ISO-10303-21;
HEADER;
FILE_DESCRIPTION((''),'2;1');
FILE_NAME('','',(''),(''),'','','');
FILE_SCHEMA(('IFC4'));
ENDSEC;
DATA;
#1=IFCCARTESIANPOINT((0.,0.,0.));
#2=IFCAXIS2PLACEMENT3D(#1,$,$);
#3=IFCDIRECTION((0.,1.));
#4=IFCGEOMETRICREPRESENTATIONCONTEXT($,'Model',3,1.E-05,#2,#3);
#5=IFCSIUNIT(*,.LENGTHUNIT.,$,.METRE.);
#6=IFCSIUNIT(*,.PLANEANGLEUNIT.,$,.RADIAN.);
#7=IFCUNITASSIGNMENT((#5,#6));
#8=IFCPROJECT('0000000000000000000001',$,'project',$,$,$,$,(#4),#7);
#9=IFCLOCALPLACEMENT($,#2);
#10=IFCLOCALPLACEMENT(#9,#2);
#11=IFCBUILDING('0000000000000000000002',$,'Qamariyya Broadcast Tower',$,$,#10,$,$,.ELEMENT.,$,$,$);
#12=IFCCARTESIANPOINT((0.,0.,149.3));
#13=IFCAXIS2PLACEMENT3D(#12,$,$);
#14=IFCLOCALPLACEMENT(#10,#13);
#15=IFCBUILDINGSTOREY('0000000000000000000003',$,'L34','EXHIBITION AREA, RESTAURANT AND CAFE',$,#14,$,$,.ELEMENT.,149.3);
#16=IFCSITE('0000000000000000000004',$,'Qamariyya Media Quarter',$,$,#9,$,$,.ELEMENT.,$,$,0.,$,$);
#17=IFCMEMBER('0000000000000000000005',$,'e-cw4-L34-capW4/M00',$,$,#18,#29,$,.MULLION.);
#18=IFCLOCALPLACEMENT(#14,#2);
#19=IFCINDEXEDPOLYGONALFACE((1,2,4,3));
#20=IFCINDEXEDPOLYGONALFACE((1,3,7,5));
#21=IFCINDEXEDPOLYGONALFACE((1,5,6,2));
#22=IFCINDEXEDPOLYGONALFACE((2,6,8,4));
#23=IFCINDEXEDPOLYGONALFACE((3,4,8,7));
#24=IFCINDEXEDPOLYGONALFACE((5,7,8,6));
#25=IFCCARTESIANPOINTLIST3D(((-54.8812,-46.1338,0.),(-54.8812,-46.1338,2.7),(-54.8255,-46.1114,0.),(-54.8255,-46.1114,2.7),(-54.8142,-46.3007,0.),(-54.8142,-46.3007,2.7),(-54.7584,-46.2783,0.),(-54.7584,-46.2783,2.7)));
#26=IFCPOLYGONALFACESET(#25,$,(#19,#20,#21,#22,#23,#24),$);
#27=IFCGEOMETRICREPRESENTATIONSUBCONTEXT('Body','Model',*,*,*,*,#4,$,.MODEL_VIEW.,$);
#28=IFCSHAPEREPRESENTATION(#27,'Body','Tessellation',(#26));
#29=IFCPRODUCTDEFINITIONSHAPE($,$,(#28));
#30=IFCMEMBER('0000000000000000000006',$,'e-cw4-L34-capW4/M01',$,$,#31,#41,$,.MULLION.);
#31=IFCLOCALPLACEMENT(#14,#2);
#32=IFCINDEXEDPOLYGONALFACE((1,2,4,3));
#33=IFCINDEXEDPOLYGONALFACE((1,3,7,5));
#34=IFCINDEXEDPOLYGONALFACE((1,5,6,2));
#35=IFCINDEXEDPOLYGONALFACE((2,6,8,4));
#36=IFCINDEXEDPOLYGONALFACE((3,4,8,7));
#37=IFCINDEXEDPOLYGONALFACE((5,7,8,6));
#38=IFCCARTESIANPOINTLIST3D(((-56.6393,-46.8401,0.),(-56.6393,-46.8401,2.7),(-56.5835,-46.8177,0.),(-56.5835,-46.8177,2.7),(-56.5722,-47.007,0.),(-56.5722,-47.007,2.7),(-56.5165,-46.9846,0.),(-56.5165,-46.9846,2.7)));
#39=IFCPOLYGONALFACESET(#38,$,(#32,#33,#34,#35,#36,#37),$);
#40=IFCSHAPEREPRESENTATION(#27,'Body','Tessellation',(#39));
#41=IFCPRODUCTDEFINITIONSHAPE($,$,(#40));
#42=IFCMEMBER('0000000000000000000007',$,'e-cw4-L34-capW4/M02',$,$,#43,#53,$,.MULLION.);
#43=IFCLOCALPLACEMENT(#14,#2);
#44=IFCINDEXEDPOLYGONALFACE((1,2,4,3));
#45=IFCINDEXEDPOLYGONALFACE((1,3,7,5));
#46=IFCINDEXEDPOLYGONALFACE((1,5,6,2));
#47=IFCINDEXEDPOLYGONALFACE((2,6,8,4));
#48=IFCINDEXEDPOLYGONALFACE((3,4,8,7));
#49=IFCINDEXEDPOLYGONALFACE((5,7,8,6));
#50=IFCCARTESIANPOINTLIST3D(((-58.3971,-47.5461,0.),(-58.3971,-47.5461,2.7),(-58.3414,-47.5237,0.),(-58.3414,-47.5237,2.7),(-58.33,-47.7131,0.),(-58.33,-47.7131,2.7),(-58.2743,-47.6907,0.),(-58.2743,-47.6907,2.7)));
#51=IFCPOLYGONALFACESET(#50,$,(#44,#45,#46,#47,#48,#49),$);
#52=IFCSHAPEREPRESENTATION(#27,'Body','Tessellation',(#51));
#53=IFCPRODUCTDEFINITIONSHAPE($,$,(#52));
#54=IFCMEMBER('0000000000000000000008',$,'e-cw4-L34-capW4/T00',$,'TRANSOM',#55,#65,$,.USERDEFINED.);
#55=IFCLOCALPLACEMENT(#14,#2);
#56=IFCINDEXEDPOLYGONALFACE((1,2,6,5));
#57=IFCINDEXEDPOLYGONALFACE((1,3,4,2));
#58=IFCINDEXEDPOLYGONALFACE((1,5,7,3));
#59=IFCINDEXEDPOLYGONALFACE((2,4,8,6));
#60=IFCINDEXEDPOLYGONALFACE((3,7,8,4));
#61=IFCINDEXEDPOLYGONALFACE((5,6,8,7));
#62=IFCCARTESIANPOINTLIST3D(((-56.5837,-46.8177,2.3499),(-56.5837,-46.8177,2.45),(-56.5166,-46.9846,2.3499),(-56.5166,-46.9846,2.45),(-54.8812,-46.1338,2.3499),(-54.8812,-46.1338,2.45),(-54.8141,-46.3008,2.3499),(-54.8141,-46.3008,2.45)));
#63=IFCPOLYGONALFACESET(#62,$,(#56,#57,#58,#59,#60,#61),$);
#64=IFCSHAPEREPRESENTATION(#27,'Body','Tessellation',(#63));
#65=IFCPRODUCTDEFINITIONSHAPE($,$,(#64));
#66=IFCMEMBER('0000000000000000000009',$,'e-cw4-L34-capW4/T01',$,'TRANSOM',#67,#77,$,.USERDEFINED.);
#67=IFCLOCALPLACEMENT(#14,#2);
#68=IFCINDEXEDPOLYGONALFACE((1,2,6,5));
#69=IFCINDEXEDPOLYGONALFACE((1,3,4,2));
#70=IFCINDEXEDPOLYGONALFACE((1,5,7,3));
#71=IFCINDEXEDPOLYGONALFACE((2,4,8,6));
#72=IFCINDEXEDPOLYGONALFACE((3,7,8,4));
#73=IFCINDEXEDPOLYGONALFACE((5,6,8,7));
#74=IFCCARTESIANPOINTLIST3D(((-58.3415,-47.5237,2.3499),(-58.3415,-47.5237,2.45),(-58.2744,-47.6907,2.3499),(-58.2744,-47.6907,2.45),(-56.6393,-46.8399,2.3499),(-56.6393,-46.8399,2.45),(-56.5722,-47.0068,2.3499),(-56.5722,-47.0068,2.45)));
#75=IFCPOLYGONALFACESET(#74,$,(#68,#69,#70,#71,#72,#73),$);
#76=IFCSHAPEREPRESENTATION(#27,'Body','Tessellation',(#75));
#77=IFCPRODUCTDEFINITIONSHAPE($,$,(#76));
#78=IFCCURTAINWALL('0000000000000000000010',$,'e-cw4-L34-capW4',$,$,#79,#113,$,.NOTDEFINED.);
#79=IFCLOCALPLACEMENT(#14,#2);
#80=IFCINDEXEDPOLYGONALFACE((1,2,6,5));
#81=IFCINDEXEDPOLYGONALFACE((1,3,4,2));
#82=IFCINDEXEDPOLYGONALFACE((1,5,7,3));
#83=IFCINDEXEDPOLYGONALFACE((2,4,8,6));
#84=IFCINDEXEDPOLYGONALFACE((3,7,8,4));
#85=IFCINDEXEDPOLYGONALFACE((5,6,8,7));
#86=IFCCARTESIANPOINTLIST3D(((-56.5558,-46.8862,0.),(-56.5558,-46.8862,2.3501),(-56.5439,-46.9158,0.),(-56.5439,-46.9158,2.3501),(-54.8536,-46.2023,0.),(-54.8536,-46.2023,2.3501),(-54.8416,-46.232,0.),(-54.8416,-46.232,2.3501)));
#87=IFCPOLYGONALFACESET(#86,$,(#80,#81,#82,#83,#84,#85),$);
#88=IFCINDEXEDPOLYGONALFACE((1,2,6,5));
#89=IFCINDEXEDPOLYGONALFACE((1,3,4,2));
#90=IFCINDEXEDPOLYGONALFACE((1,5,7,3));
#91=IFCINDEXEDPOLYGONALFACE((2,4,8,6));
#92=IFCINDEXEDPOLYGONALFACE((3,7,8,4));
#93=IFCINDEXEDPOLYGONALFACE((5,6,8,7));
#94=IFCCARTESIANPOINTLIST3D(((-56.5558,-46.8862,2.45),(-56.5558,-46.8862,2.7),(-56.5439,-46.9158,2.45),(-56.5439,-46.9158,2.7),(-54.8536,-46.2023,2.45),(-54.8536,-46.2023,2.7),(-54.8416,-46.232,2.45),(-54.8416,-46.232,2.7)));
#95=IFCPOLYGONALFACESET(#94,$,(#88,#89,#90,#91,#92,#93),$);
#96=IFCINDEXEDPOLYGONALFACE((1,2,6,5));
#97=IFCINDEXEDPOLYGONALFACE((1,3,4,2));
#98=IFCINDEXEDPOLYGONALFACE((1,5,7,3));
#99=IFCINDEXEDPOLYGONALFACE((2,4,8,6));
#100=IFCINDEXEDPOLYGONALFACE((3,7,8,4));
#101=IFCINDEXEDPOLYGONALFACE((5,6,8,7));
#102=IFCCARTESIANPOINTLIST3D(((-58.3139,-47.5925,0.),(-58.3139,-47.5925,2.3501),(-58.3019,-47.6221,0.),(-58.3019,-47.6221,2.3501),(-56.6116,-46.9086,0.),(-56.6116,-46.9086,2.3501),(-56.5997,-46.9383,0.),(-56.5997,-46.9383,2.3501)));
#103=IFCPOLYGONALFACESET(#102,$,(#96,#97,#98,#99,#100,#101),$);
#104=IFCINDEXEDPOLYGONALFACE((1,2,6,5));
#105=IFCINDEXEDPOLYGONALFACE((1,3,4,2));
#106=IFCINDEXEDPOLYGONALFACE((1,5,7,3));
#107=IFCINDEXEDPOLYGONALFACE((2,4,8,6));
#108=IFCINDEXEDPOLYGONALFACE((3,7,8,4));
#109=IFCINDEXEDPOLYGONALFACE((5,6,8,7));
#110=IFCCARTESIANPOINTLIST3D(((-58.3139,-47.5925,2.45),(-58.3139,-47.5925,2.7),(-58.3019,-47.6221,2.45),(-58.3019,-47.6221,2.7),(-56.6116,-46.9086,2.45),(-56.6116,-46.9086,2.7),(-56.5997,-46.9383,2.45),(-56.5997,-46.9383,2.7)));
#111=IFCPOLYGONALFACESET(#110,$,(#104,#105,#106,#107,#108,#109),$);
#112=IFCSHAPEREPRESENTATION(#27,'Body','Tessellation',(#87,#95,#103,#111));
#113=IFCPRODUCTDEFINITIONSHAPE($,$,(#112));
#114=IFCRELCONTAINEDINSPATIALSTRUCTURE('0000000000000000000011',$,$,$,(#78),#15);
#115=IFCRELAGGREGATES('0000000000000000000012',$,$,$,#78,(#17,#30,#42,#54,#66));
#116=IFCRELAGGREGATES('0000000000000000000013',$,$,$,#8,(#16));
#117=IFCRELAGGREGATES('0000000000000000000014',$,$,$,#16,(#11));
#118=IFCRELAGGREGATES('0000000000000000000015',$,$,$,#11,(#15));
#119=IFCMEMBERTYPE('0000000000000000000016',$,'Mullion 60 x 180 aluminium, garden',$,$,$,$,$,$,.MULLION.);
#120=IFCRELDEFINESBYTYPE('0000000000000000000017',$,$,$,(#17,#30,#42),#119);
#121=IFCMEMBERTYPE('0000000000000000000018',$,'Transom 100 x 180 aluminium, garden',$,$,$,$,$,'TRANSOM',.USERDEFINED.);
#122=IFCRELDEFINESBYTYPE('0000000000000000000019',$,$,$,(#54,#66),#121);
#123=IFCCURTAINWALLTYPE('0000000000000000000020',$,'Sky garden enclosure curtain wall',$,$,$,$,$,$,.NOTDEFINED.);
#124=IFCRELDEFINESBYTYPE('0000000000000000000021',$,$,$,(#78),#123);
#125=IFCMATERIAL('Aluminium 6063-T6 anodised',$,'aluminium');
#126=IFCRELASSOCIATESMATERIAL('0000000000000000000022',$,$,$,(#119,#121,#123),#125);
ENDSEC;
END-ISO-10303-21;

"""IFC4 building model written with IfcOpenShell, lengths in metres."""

from ifc_helpers import new_model, si_unit, direction, frame, origin, origin_2d, place, context, subcontext, project, spatial, rectangle, extrude, material, material_profile, profile_set, type_object, element, aggregate, save


model = new_model("IFC4")

# Units and contexts
model_context = context("Model", 3, precision=1e-05, world=origin(), true_north=direction((0.0, 1.0)))
body_context = subcontext(model_context, "Body", "Model", "MODEL_VIEW")
ifc_project = project(units=[si_unit("LENGTHUNIT", "METRE"), si_unit("PLANEANGLEUNIT", "RADIAN")], contexts=[model_context])

# Members
ifc_material_1 = material(Name="Aluminium 6063-T6 anodised", Category="aluminium")
ifc_material_profile_1 = material_profile(ifc_material_1, rectangle(XDim=0.1799, YDim=0.0601, at=origin_2d()))
ifc_profile_set_1 = profile_set([ifc_material_profile_1], Name="Aluminium 6063-T6 anodised")
member_type_1 = type_object("IfcMemberType", Name="Mullion 60 x 180 aluminium, garden", PredefinedType="MULLION", material=ifc_profile_set_1)
site_placement = place(None, origin())
building_placement = place(site_placement, origin())
storey_placement = place(building_placement, frame((0.0, 0.0, 149.3)))
member_1_placement = place(storey_placement, frame((-54.8198, -46.2061, 0.0), z_axis=(0.0, 0.0, 1.0), x_axis=(0.372738, -0.927936, 0.0)))
member_1 = element("IfcMember", 1, at=member_1_placement, type_object=member_type_1, Name="e-cw4-L34-capW4/M00", PredefinedType="MULLION", context=body_context, shape_type="SweptSolid", body=[
    extrude(rectangle(XDim=0.1799, YDim=0.0601, at=origin_2d()), origin(), (0.0, 0.0, 1.0), 2.7),
])
member_2_placement = place(storey_placement, frame((-56.5779, -46.9124, 0.0), z_axis=(0.0, 0.0, 1.0), x_axis=(0.372738, -0.927936, 0.0)))
member_2 = element("IfcMember", 2, at=member_2_placement, type_object=member_type_1, Name="e-cw4-L34-capW4/M01", PredefinedType="MULLION", context=body_context, shape_type="SweptSolid", body=[
    extrude(rectangle(XDim=0.1799, YDim=0.0601, at=origin_2d()), origin(), (0.0, 0.0, 1.0), 2.7),
])
member_3_placement = place(storey_placement, frame((-58.3357, -47.6184, 0.0), z_axis=(0.0, 0.0, 1.0), x_axis=(0.372738, -0.927936, 0.0)))
member_3 = element("IfcMember", 3, at=member_3_placement, type_object=member_type_1, Name="e-cw4-L34-capW4/M02", PredefinedType="MULLION", context=body_context, shape_type="SweptSolid", body=[
    extrude(rectangle(XDim=0.1799, YDim=0.0601, at=origin_2d()), origin(), (0.0, 0.0, 1.0), 2.7),
])
ifc_material_profile_2 = material_profile(ifc_material_1, rectangle(XDim=0.1799, YDim=0.1001, at=origin_2d()))
ifc_profile_set_2 = profile_set([ifc_material_profile_2], Name="Aluminium 6063-T6 anodised")
member_type_2 = type_object("IfcMemberType", Name="Transom 100 x 180 aluminium, garden", ElementType="TRANSOM", PredefinedType="USERDEFINED", material=ifc_profile_set_2)
member_4_placement = place(storey_placement, frame((-54.8477, -46.2173, 2.3999), z_axis=(-0.927934, -0.372744, 0.0), x_axis=(0.372744, -0.927934, 0.0)))
member_4 = element("IfcMember", 4, at=member_4_placement, type_object=member_type_2, Name="e-cw4-L34-capW4/T00", ObjectType="TRANSOM", PredefinedType="USERDEFINED", context=body_context, shape_type="SweptSolid", body=[
    extrude(rectangle(XDim=0.1799, YDim=0.1001, at=origin_2d()), origin(), (0.0, 0.0, 1.0), 1.8347),
])
member_5_placement = place(storey_placement, frame((-56.6057, -46.9233, 2.3999), z_axis=(-0.927916, -0.37279, 0.0), x_axis=(0.37279, -0.927916, 0.0)))
member_5 = element("IfcMember", 5, at=member_5_placement, type_object=member_type_2, Name="e-cw4-L34-capW4/T01", ObjectType="TRANSOM", PredefinedType="USERDEFINED", context=body_context, shape_type="SweptSolid", body=[
    extrude(rectangle(XDim=0.1799, YDim=0.1001, at=origin_2d()), origin(), (0.0, 0.0, 1.0), 1.8345),
])

# Site, building, storey
site = spatial("IfcSite", under=ifc_project, at=site_placement, Name="Qamariyya Media Quarter", CompositionType="ELEMENT", RefElevation=0.0)
building = spatial("IfcBuilding", under=site, at=building_placement, Name="Qamariyya Broadcast Tower", CompositionType="ELEMENT")
storey = spatial("IfcBuildingStorey", under=building, at=storey_placement, Name="L34", Description="EXHIBITION AREA, RESTAURANT AND CAFE", CompositionType="ELEMENT", Elevation=149.3)

# Curtain wall
curtain_wall_type_1 = type_object("IfcCurtainWallType", Name="Sky garden enclosure curtain wall", PredefinedType="NOTDEFINED", material=ifc_material_1)
curtain_wall_1_placement = place(storey_placement, origin())
curtain_wall_1 = element("IfcCurtainWall", 6, at=curtain_wall_1_placement, inside=storey, type_object=curtain_wall_type_1, Name="e-cw4-L34-capW4", PredefinedType="NOTDEFINED", context=body_context, shape_type="SweptSolid", body=[
    extrude(rectangle(XDim=1.8345, YDim=0.032, at=origin_2d()), frame((-55.6987, -46.5591, 0.0), x_axis=(-0.92792, -0.372779, 0.0)), (0.0, 0.0, 1.0), 2.3501),
    extrude(rectangle(XDim=1.8345, YDim=0.032, at=origin_2d()), frame((-55.6987, -46.5591, 2.45), x_axis=(-0.92792, -0.372779, 0.0)), (0.0, 0.0, 1.0), 0.25),
    extrude(rectangle(XDim=1.8345, YDim=0.032, at=origin_2d()), frame((-57.4568, -47.2654, 0.0), x_axis=(-0.92792, -0.372779, 0.0)), (0.0, 0.0, 1.0), 2.3501),
    extrude(rectangle(XDim=1.8345, YDim=0.032, at=origin_2d()), frame((-57.4568, -47.2654, 2.45), x_axis=(-0.92792, -0.372779, 0.0)), (0.0, 0.0, 1.0), 0.25),
])
aggregate(curtain_wall_1, [member_1, member_2, member_3, member_4, member_5])

save(model, "model.ifc")
